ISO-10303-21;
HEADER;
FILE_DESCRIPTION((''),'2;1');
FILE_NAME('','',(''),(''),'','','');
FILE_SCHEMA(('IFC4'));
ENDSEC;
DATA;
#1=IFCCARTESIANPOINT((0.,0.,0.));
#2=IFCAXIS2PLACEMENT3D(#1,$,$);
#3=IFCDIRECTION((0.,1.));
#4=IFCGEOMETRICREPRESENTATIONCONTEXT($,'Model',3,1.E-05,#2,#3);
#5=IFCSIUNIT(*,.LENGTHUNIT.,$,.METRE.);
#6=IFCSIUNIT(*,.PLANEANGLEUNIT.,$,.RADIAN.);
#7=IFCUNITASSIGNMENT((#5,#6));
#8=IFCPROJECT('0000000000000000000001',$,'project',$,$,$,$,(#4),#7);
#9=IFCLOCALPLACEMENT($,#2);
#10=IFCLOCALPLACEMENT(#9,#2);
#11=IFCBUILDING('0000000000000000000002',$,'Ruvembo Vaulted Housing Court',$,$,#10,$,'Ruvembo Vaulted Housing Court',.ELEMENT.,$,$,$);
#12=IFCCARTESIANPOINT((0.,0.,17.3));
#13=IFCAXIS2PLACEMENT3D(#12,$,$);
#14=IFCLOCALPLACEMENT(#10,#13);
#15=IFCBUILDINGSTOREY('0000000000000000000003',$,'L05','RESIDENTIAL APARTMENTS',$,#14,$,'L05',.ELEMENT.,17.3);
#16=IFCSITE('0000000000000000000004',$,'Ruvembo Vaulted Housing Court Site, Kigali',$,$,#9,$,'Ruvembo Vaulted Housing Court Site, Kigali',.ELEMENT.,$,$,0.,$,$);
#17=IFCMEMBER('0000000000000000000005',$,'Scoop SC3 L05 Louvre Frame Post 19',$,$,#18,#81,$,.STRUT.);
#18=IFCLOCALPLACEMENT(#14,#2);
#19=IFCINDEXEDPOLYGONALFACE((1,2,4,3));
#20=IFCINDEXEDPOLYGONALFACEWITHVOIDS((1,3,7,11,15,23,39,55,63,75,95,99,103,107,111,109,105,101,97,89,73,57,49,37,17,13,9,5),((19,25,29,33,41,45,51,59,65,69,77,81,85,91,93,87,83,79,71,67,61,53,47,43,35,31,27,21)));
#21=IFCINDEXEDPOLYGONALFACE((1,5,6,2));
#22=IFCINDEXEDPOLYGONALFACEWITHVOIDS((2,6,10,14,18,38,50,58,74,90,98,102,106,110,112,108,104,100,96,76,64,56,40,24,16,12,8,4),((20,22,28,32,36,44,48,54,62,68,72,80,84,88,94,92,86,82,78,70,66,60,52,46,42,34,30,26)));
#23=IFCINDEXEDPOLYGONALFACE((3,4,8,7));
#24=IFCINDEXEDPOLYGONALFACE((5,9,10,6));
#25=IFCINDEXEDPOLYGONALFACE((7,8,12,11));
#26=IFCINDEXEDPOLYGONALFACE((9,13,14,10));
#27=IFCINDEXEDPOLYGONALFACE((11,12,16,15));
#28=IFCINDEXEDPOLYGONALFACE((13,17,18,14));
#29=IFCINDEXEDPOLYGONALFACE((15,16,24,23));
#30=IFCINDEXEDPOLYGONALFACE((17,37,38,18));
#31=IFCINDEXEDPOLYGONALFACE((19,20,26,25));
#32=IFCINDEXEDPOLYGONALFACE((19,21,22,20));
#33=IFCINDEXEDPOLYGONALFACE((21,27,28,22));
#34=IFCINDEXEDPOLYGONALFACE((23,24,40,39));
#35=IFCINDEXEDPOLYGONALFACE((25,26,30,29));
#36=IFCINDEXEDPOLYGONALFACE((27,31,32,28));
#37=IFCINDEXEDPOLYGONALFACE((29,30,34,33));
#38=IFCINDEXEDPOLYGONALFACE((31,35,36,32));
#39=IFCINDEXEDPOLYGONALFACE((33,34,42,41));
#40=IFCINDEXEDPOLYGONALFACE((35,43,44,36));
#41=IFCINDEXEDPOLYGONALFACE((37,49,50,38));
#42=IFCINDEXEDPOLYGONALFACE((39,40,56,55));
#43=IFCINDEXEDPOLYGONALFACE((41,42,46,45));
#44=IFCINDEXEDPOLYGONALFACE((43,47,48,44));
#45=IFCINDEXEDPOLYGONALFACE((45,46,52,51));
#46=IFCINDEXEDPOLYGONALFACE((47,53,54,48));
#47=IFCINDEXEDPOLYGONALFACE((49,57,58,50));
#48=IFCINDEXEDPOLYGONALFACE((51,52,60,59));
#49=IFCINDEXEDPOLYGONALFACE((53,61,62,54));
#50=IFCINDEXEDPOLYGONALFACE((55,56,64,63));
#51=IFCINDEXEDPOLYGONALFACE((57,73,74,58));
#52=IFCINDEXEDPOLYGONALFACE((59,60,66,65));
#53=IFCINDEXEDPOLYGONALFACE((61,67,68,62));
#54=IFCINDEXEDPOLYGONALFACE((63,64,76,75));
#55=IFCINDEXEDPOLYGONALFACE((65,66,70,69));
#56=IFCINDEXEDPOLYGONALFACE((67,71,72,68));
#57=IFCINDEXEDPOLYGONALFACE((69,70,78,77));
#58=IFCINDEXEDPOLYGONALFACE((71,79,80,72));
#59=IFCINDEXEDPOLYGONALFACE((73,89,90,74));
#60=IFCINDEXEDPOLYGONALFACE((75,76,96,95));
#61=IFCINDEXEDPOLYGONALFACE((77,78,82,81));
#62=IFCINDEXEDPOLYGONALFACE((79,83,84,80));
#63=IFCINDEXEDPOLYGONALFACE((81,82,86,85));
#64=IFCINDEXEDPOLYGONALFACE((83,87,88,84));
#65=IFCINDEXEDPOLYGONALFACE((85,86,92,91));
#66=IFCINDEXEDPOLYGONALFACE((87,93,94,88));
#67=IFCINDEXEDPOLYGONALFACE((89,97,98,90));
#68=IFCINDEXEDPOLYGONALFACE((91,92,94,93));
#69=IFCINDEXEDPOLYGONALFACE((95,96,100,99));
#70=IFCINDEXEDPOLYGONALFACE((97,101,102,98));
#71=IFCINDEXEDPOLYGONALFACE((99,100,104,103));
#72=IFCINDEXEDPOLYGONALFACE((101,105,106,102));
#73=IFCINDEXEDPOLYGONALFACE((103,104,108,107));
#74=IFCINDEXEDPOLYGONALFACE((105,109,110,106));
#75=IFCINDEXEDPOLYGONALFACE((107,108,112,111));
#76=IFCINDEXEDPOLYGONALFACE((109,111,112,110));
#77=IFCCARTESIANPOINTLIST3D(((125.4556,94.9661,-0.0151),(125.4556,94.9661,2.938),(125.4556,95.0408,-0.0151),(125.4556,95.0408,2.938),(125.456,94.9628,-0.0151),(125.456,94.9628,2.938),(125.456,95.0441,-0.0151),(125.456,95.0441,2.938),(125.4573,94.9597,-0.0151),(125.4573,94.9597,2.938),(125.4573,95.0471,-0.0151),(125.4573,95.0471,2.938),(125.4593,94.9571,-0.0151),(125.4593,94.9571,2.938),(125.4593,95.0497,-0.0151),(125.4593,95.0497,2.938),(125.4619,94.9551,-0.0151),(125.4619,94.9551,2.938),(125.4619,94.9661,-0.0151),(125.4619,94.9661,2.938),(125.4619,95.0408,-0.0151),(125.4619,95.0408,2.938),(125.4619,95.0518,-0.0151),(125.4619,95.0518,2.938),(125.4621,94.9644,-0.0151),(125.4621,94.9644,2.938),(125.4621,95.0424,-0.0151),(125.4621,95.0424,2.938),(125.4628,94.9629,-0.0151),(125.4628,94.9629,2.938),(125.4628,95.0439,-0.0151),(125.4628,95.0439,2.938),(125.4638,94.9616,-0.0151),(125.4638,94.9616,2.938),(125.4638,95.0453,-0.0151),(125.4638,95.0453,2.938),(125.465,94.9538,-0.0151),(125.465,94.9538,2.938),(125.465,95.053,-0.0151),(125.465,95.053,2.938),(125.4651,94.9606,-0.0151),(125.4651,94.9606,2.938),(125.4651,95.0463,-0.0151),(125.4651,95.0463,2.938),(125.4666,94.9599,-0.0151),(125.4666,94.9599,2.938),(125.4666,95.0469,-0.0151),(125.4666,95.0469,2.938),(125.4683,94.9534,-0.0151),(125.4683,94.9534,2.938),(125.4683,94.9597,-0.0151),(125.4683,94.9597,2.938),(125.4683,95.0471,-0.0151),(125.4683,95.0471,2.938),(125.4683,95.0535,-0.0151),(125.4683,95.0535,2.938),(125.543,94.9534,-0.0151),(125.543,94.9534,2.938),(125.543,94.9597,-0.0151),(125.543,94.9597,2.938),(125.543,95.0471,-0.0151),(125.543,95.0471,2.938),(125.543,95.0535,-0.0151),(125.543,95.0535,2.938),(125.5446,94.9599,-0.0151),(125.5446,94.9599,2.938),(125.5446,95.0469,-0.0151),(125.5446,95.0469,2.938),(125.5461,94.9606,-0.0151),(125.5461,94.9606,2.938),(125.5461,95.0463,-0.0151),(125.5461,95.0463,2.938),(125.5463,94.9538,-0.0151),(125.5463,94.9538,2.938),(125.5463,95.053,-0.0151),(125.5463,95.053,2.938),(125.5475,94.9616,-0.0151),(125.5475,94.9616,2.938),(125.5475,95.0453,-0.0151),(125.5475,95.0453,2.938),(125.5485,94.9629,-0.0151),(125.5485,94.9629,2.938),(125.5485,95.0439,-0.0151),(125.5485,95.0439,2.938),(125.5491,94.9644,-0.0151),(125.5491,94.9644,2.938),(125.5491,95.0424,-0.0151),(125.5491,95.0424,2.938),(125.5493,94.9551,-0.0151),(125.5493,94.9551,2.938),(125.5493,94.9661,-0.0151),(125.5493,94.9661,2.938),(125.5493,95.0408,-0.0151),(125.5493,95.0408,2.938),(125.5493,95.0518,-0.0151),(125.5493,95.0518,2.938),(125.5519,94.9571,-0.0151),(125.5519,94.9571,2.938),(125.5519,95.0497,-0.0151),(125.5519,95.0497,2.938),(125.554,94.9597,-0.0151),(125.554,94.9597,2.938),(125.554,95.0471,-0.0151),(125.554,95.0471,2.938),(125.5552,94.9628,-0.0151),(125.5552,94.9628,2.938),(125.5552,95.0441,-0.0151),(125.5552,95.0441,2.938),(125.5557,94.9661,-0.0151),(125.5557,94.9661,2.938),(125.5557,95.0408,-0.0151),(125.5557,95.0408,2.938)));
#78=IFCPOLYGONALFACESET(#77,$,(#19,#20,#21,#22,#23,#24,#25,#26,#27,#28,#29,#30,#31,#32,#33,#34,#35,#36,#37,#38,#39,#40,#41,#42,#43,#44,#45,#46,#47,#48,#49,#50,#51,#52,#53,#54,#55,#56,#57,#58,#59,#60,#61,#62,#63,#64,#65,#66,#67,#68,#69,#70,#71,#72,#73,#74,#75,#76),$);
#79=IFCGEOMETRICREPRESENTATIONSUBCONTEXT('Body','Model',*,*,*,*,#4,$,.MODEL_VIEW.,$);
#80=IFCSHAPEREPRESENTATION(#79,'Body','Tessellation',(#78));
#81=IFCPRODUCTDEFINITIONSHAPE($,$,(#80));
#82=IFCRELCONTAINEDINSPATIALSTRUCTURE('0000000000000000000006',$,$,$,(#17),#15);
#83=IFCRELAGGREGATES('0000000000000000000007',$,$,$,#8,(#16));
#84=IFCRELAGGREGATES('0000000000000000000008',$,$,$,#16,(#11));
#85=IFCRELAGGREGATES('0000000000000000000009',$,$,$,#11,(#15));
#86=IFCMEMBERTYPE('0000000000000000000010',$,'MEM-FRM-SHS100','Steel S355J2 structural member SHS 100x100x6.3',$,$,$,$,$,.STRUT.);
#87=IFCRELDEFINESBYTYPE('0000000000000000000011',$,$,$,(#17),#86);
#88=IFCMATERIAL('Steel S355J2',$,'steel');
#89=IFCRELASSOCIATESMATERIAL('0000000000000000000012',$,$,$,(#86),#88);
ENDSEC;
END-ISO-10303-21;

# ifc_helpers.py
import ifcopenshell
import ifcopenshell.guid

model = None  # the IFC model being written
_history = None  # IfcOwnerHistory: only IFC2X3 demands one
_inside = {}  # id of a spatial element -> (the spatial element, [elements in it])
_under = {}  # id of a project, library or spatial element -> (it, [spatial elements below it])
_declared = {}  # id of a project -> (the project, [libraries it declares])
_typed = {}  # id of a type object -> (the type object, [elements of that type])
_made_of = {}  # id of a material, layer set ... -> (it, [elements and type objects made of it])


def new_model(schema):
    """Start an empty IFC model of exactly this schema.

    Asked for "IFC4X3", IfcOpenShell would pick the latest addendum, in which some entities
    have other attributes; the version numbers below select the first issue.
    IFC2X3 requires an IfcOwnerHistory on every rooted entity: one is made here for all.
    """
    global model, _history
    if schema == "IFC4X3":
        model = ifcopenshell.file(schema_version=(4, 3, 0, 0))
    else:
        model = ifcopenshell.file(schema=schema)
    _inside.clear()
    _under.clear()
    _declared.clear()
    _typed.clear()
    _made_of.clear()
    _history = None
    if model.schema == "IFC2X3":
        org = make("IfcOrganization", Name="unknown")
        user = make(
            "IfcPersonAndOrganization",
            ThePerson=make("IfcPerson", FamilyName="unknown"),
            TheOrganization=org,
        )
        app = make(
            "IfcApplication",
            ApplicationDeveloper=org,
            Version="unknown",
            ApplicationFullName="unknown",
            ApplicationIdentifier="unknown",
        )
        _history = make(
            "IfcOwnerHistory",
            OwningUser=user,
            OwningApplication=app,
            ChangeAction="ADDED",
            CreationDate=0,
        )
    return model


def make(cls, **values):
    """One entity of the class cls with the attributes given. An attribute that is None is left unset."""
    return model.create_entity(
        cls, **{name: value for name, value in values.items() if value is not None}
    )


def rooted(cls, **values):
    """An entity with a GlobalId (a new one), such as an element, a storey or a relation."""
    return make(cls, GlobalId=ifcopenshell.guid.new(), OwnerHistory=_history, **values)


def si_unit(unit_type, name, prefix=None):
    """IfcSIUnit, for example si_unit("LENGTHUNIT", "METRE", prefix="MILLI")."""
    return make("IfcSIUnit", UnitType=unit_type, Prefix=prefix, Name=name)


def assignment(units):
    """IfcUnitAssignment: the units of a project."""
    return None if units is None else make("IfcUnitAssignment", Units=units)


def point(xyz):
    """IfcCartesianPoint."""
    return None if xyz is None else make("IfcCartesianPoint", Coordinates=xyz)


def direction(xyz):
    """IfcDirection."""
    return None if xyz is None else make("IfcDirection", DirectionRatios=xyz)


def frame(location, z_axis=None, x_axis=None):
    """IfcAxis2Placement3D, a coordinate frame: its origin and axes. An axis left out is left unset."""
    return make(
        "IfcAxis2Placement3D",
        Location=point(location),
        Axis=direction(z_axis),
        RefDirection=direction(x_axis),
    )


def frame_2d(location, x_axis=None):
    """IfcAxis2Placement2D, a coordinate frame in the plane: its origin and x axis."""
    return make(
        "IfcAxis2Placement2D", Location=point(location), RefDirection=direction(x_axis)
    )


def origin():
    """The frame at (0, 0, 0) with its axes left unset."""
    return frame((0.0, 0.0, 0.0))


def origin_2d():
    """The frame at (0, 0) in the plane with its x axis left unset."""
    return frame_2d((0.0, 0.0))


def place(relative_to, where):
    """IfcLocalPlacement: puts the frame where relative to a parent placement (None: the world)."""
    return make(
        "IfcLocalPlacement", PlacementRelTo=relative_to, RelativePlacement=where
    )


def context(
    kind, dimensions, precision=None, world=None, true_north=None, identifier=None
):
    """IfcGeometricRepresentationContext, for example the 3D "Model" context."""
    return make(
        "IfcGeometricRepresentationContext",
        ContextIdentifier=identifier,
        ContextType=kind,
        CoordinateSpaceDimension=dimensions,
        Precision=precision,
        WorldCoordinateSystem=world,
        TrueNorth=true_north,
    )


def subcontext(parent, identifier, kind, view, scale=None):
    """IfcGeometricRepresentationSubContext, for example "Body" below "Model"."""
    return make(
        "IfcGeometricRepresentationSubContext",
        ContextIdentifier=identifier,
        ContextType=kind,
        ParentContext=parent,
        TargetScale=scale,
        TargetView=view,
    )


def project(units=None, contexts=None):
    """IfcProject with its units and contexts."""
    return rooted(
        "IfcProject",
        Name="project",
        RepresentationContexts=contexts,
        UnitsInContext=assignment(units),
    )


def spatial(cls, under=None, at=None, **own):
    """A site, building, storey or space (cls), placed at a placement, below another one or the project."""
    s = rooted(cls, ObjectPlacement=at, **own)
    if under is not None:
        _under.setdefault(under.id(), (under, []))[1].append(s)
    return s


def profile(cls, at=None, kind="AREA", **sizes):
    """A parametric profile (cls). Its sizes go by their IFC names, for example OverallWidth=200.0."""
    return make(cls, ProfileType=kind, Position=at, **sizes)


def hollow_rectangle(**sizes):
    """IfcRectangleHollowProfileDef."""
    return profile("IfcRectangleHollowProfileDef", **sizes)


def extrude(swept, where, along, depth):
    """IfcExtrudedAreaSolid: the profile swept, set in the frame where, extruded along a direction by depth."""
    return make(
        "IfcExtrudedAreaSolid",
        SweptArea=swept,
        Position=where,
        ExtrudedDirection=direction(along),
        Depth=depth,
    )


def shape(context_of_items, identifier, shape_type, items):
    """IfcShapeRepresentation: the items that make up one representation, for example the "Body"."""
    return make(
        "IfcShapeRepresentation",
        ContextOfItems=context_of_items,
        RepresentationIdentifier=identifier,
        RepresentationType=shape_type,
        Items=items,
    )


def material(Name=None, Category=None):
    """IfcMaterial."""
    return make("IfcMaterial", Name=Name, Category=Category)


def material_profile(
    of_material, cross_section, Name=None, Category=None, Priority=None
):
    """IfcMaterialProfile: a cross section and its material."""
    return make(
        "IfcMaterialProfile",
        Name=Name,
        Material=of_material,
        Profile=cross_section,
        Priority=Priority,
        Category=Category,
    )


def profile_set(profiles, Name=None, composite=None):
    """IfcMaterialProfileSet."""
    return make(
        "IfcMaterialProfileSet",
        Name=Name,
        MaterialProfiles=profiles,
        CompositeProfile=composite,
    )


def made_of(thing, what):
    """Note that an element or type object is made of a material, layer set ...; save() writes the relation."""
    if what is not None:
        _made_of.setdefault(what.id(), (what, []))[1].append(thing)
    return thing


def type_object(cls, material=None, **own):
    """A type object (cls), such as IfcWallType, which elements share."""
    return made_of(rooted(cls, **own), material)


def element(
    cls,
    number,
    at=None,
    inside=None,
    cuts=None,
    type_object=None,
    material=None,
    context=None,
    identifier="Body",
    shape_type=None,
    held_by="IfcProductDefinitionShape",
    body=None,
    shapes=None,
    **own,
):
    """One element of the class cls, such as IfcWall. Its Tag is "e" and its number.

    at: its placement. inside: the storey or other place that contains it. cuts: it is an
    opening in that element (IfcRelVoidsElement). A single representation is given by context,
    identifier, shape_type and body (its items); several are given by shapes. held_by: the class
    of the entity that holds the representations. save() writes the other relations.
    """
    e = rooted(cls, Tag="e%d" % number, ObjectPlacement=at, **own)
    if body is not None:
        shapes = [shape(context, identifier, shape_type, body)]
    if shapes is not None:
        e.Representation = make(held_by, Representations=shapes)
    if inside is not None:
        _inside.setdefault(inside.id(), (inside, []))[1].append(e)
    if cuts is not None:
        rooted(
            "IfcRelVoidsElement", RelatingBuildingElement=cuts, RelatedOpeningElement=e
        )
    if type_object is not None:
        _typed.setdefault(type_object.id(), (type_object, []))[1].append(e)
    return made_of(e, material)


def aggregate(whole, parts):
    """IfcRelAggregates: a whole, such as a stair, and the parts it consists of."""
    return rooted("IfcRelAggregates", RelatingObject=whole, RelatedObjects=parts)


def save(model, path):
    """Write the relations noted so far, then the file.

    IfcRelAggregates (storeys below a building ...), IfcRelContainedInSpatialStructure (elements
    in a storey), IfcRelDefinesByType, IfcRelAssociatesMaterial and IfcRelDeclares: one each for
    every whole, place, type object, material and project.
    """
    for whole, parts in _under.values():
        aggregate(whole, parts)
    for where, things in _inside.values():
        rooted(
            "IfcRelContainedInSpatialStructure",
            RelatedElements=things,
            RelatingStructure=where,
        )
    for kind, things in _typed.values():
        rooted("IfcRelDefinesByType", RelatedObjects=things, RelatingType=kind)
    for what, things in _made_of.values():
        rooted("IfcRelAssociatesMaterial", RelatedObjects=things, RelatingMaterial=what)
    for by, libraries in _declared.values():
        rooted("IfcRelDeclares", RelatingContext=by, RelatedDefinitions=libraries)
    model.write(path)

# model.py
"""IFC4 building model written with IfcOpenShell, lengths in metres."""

from ifc_helpers import new_model, si_unit, direction, frame, origin, origin_2d, place, context, subcontext, project, spatial, hollow_rectangle, extrude, material, material_profile, profile_set, type_object, element, save


model = new_model("IFC4")

# Units and contexts
model_context = context("Model", 3, precision=1e-05, world=origin(), true_north=direction((0.0, 1.0)))
body_context = subcontext(model_context, "Body", "Model", "MODEL_VIEW")
ifc_project = project(units=[si_unit("LENGTHUNIT", "METRE"), si_unit("PLANEANGLEUNIT", "RADIAN")], contexts=[model_context])

# Site, building, storey
site_placement = place(None, origin())
site = spatial("IfcSite", under=ifc_project, at=site_placement, Name="Ruvembo Vaulted Housing Court Site, Kigali", LongName="Ruvembo Vaulted Housing Court Site, Kigali", CompositionType="ELEMENT", RefElevation=0.0)
building_placement = place(site_placement, origin())
building = spatial("IfcBuilding", under=site, at=building_placement, Name="Ruvembo Vaulted Housing Court", LongName="Ruvembo Vaulted Housing Court", CompositionType="ELEMENT")
storey_placement = place(building_placement, frame((0.0, 0.0, 17.3)))
storey = spatial("IfcBuildingStorey", under=building, at=storey_placement, Name="L05", Description="RESIDENTIAL APARTMENTS", LongName="L05", CompositionType="ELEMENT", Elevation=17.3)

# Shared definitions
ifc_material_1 = material(Name="Steel S355J2", Category="steel")

# Member
ifc_material_profile_1 = material_profile(ifc_material_1, hollow_rectangle(XDim=0.1001, YDim=0.1001, WallThickness=0.0063, InnerFilletRadius=0.0063, OuterFilletRadius=0.0127, at=origin_2d()), Name="SHS 100x100x6.3")
ifc_profile_set_1 = profile_set([ifc_material_profile_1], Name="Steel S355J2")
member_type_1 = type_object("IfcMemberType", Name="MEM-FRM-SHS100", Description="Steel S355J2 structural member SHS 100x100x6.3", PredefinedType="STRUT", material=ifc_profile_set_1)
for number, where, z_axis, x_axis, name in (
    (1, (125.5056, 95.0034, -0.0151), (0.0, 0.0, 1.0), (1.0, 0.0, 0.0), "Scoop SC3 L05 Louvre Frame Post 19"),
):
    element("IfcMember", number, at=place(storey_placement, frame(where, z_axis=z_axis, x_axis=x_axis)), inside=storey, type_object=member_type_1, Name=name, PredefinedType="STRUT", context=body_context, shape_type="SweptSolid", body=[
        extrude(hollow_rectangle(XDim=0.1001, YDim=0.1001, WallThickness=0.0063, InnerFilletRadius=0.0063, OuterFilletRadius=0.0127, at=origin_2d()), origin(), (0.0, 0.0, 1.0), 2.9531),
    ])

save(model, "model.ifc")
